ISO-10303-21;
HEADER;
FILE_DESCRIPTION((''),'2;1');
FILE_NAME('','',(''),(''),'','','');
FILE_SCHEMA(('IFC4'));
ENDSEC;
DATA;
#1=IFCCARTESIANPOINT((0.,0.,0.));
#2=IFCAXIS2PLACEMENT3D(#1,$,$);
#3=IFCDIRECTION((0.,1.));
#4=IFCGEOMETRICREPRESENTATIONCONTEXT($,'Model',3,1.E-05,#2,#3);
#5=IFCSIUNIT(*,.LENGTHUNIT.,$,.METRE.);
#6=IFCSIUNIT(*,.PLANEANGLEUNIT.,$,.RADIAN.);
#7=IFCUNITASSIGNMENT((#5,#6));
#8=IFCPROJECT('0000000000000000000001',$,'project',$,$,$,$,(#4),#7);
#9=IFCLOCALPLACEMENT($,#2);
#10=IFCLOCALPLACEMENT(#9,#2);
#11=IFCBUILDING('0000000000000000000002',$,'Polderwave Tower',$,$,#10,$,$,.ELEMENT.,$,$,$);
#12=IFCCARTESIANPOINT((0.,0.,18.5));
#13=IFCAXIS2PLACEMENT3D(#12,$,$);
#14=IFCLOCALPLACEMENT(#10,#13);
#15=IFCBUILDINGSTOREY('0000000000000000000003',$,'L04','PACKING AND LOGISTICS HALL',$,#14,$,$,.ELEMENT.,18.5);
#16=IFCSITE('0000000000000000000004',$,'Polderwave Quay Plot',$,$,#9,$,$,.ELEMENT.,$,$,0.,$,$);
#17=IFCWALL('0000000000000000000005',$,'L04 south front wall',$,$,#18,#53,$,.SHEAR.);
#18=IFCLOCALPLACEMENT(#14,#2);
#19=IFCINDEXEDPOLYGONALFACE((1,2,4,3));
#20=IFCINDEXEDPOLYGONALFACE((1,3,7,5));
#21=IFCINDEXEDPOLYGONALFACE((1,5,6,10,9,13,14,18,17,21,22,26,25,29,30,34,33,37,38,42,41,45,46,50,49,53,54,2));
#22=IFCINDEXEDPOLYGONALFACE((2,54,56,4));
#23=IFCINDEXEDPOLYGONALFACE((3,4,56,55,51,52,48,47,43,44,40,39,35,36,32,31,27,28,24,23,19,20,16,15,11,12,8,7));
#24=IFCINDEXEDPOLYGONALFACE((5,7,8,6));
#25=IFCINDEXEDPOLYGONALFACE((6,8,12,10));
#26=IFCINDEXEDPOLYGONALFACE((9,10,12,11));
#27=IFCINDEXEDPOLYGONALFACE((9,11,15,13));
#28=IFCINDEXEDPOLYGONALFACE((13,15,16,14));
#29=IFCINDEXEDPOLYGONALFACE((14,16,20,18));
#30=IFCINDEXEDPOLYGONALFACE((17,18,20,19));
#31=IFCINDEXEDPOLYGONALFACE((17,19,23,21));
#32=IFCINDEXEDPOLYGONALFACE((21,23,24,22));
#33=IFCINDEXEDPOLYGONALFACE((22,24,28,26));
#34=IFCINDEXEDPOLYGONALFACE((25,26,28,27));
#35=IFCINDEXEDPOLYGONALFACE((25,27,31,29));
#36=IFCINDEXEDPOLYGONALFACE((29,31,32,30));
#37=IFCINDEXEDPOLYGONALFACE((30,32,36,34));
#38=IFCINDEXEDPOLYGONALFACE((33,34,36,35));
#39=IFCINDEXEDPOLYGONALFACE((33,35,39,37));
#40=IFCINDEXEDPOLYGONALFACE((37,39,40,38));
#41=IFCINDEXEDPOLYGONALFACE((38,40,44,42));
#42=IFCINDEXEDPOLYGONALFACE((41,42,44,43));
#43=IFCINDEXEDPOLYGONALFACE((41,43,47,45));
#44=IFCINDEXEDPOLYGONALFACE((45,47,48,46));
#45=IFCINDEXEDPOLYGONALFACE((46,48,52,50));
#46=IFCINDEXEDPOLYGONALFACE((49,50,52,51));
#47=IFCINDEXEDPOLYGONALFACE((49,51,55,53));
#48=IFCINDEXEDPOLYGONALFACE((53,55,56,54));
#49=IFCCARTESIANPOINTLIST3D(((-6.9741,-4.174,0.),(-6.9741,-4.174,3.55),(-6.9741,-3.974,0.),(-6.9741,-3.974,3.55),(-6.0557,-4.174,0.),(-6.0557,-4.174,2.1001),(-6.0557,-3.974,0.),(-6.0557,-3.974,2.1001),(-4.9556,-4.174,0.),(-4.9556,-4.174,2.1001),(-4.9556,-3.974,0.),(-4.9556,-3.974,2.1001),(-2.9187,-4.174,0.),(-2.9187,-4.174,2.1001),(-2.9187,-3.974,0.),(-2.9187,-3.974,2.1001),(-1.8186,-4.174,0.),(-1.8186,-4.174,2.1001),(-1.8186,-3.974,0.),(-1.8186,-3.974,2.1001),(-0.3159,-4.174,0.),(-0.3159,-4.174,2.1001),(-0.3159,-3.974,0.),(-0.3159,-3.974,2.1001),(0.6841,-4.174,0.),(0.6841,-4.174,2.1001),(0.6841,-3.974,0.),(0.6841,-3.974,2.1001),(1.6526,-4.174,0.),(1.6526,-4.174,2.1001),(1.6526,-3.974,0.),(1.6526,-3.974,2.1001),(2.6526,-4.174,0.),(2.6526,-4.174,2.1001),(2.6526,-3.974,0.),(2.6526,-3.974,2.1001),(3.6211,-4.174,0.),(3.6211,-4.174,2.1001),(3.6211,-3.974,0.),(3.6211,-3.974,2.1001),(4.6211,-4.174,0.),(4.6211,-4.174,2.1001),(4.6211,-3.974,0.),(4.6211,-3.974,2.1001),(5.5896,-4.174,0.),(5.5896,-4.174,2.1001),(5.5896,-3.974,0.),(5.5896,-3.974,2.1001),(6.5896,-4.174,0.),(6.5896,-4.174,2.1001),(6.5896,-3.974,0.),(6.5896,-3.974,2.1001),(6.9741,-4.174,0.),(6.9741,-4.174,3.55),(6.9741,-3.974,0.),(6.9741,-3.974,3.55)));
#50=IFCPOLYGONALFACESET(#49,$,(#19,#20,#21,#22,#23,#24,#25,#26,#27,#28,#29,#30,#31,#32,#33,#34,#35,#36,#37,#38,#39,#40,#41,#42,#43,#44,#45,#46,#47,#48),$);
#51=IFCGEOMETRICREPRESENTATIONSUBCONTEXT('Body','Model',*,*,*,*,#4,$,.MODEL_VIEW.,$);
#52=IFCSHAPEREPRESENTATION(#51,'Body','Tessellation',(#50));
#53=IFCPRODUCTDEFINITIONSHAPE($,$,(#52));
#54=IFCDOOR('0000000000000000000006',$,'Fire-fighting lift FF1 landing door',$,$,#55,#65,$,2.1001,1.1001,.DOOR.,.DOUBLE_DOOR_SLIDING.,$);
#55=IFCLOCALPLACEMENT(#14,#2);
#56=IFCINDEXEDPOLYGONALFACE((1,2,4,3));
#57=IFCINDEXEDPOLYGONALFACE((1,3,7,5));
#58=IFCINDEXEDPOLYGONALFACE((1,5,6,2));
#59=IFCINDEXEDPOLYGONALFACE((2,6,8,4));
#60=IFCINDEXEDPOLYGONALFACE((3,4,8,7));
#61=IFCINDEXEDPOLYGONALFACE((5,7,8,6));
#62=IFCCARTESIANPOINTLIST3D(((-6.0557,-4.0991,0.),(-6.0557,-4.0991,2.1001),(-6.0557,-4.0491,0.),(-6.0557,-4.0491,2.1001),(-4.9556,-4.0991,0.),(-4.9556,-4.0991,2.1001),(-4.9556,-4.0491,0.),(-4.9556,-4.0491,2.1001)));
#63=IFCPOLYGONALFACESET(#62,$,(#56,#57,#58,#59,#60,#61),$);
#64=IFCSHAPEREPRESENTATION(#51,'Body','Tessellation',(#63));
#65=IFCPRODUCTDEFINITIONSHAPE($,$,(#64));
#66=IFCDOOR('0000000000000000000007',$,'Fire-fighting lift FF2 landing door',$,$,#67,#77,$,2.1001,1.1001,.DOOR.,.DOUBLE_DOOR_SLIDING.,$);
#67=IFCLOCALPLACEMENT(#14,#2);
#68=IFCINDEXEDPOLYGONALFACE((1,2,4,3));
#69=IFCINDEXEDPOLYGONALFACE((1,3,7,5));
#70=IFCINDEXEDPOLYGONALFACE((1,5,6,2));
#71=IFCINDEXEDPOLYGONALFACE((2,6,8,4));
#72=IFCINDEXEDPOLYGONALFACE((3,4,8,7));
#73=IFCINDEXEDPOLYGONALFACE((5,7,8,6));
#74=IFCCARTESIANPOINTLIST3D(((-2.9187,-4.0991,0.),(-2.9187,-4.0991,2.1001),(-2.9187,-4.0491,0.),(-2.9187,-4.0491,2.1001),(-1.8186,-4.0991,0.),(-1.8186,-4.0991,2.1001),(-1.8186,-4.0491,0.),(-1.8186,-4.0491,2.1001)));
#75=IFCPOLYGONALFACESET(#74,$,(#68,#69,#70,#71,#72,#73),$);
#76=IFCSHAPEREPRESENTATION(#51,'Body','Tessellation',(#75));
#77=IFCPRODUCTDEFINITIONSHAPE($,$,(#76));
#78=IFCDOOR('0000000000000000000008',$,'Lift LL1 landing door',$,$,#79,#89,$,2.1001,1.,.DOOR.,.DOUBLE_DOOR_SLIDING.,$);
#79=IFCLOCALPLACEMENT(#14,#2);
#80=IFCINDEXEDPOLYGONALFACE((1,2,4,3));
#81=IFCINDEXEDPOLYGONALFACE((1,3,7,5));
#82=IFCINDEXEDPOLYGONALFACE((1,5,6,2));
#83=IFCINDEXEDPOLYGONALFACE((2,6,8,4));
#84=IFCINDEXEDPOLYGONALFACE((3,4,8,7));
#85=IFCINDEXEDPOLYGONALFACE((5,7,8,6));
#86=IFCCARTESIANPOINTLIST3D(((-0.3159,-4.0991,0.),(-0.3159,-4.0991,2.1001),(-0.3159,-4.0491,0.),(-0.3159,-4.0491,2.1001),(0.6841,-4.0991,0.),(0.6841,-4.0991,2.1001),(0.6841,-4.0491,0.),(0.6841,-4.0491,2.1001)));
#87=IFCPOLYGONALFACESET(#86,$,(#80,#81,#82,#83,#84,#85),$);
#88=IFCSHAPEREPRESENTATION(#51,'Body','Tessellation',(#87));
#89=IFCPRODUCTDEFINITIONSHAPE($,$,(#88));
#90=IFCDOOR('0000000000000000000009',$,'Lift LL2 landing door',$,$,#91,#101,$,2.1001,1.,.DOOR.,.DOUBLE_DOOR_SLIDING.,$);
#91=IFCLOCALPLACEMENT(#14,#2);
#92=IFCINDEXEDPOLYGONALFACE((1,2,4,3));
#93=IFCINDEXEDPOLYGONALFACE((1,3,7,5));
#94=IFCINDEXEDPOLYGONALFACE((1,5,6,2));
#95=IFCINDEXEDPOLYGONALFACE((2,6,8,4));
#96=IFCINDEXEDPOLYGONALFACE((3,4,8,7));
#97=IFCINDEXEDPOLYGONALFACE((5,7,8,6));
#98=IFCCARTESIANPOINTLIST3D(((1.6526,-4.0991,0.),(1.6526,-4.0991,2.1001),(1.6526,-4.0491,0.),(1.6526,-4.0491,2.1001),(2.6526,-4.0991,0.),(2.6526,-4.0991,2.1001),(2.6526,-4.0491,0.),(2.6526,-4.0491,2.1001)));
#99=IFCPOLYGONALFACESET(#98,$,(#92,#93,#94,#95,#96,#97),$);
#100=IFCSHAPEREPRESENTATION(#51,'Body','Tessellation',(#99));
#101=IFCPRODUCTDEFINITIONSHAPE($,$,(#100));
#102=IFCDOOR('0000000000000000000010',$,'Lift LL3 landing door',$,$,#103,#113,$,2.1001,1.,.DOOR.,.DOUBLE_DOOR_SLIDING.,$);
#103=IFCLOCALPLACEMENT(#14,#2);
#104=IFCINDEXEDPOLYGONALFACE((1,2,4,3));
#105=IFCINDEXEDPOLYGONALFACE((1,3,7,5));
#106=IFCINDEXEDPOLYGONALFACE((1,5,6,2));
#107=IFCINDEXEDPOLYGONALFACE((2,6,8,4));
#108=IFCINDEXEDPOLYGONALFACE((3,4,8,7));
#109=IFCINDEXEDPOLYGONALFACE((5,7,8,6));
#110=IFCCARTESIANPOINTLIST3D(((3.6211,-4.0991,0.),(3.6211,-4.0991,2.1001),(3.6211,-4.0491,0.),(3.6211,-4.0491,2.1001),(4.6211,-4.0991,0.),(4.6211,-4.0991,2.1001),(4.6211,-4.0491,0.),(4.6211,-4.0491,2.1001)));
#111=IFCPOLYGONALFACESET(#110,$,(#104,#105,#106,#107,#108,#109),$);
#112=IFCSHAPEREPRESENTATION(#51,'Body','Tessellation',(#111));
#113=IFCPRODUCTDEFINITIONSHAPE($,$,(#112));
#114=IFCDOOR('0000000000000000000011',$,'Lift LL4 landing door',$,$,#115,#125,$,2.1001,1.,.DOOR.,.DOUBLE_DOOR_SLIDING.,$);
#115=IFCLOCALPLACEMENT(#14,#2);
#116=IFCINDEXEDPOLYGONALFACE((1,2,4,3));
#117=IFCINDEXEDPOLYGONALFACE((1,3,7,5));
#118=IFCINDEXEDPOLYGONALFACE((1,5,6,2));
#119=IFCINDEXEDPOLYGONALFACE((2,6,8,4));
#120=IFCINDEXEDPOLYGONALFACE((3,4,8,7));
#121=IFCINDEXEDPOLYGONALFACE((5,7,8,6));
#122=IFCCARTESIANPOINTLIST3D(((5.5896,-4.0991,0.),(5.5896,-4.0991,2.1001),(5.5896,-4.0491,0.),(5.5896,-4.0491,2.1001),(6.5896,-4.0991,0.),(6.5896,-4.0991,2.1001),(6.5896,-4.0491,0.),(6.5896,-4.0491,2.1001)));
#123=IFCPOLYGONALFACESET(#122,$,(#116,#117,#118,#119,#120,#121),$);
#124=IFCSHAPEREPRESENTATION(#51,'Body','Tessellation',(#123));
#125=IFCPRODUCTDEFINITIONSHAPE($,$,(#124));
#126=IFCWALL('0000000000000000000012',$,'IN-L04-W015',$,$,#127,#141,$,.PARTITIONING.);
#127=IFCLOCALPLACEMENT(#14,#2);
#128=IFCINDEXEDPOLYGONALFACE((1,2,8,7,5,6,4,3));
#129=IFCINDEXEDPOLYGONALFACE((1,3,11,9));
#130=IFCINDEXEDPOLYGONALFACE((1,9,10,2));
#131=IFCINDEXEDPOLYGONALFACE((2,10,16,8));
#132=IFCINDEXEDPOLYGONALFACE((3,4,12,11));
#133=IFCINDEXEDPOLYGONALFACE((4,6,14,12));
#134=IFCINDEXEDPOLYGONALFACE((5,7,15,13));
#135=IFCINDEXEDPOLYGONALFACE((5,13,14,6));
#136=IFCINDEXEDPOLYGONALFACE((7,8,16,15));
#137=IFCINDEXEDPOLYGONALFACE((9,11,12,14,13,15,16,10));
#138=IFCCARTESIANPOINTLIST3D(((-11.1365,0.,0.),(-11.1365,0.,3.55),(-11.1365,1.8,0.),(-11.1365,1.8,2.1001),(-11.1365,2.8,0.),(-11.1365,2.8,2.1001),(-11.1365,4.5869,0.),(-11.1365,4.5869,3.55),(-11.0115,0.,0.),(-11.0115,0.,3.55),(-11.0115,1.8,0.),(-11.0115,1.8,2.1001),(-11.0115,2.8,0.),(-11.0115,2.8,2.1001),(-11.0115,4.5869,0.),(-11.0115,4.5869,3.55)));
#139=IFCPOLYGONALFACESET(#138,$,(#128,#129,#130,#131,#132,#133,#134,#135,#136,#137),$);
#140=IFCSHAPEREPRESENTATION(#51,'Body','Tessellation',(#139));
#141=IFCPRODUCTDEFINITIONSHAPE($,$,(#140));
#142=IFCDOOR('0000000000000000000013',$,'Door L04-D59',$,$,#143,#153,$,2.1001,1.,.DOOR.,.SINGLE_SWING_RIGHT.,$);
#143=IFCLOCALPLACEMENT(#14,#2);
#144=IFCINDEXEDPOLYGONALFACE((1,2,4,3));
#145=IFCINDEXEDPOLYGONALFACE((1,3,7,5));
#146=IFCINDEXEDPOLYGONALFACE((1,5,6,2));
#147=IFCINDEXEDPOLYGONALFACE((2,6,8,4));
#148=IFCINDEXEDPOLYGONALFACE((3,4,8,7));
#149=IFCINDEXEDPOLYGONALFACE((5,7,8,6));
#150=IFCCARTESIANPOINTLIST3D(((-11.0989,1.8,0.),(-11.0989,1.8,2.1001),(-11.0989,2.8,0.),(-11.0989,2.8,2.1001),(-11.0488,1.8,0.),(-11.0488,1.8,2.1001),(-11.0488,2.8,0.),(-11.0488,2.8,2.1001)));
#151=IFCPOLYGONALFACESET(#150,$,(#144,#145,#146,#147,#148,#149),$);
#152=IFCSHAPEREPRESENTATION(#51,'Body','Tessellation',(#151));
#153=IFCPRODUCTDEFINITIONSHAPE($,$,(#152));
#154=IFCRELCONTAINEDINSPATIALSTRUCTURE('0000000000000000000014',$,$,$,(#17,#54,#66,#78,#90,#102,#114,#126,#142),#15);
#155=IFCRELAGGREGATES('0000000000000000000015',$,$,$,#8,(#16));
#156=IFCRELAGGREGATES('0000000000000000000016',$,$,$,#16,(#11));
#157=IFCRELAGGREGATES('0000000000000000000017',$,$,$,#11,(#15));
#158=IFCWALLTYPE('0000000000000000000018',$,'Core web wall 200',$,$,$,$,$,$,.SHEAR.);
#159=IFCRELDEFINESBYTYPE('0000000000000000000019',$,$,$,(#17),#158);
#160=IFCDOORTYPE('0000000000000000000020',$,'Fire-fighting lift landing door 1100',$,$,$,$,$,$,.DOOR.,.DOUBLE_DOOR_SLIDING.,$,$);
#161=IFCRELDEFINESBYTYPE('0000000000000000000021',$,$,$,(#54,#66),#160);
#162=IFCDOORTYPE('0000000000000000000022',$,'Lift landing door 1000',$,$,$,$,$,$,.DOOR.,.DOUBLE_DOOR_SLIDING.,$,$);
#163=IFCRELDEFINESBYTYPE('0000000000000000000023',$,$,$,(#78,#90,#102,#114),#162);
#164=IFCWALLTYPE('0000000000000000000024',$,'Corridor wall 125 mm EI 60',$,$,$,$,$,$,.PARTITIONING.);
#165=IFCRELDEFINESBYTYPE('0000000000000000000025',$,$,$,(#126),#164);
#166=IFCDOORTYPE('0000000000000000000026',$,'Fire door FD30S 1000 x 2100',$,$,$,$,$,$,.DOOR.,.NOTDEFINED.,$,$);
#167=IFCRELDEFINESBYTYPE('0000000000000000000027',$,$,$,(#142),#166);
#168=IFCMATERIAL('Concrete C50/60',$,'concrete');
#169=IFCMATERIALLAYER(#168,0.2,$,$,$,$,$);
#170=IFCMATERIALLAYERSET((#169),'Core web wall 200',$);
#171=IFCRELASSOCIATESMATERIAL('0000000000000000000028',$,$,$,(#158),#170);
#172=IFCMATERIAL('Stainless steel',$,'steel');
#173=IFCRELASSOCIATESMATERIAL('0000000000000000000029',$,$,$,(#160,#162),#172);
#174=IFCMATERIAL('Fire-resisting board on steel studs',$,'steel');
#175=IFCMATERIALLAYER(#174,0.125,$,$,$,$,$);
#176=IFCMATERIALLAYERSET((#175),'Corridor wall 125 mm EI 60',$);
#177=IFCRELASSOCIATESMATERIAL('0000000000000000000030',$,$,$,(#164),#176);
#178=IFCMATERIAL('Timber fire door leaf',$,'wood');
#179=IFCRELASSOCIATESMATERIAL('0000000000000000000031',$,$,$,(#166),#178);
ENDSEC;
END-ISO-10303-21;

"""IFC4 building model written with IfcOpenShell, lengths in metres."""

from ifc_helpers import new_model, si_unit, direction, frame, frame_2d, origin, place, context, subcontext, project, spatial, rectangle, extrude, material, layer, layer_set, type_object, element, fill, save


model = new_model("IFC4")

# Units and contexts
model_context = context("Model", 3, precision=1e-05, world=origin(), true_north=direction((0.0, 1.0)))
body_context = subcontext(model_context, "Body", "Model", "MODEL_VIEW")
ifc_project = project(units=[si_unit("LENGTHUNIT", "METRE"), si_unit("PLANEANGLEUNIT", "RADIAN")], contexts=[model_context])

# Site, building, storey
site_placement = place(None, origin())
site = spatial("IfcSite", under=ifc_project, at=site_placement, Name="Polderwave Quay Plot", CompositionType="ELEMENT", RefElevation=0.0)
building_placement = place(site_placement, origin())
building = spatial("IfcBuilding", under=site, at=building_placement, Name="Polderwave Tower", CompositionType="ELEMENT")
storey_placement = place(building_placement, frame((0.0, 0.0, 18.5)))
storey = spatial("IfcBuildingStorey", under=building, at=storey_placement, Name="L04", Description="PACKING AND LOGISTICS HALL", CompositionType="ELEMENT", Elevation=18.5)

# Wall, openings, doors
ifc_material_1 = material(Name="Concrete C50/60", Category="concrete")
ifc_layer_1 = layer(ifc_material_1, 0.2)
ifc_layer_set_1 = layer_set([ifc_layer_1], Name="Core web wall 200")
wall_type_1 = type_object("IfcWallType", Name="Core web wall 200", PredefinedType="SHEAR", material=ifc_layer_set_1)
wall_1_placement = place(storey_placement, frame((-6.9741, -4.074, 0.0), z_axis=(0.0, 0.0, 1.0), x_axis=(1.0, 0.0, 0.0)))
wall_1 = element("IfcWall", 1, at=wall_1_placement, inside=storey, type_object=wall_type_1, Name="L04 south front wall", PredefinedType="SHEAR", context=body_context, shape_type="SweptSolid", body=[
    extrude(rectangle(XDim=13.9482, YDim=0.2, at=frame_2d((6.9741, 0.0))), origin(), (0.0, 0.0, 1.0), 3.55),
])
opening_1_placement = place(wall_1_placement, frame((0.9185, 0.0, 0.0)))
opening_1 = element("IfcOpeningElement", 2, at=opening_1_placement, cuts=wall_1, PredefinedType="OPENING", context=body_context, shape_type="SweptSolid", body=[
    extrude(rectangle(XDim=1.1001, YDim=2.1001, at=frame_2d((0.55, 1.05))), frame((0.0, 0.1099, 0.0), z_axis=(0.0, -1.0, 0.0), x_axis=(1.0, 0.0, 0.0)), (0.0, 0.0, 1.0), 0.22),
])
opening_2_placement = place(wall_1_placement, frame((4.0554, 0.0, 0.0)))
opening_2 = element("IfcOpeningElement", 3, at=opening_2_placement, cuts=wall_1, PredefinedType="OPENING", context=body_context, shape_type="SweptSolid", body=[
    extrude(rectangle(XDim=1.1001, YDim=2.1001, at=frame_2d((0.55, 1.05))), frame((0.0, 0.1099, 0.0), z_axis=(0.0, -1.0, 0.0), x_axis=(1.0, 0.0, 0.0)), (0.0, 0.0, 1.0), 0.22),
])
opening_3_placement = place(wall_1_placement, frame((6.6582, 0.0, 0.0)))
opening_3 = element("IfcOpeningElement", 4, at=opening_3_placement, cuts=wall_1, PredefinedType="OPENING", context=body_context, shape_type="SweptSolid", body=[
    extrude(rectangle(XDim=1.0, YDim=2.1001, at=frame_2d((0.5, 1.05))), frame((0.0, 0.1099, 0.0), z_axis=(0.0, -1.0, 0.0), x_axis=(1.0, 0.0, 0.0)), (0.0, 0.0, 1.0), 0.22),
])
opening_4_placement = place(wall_1_placement, frame((8.6267, 0.0, 0.0)))
opening_4 = element("IfcOpeningElement", 5, at=opening_4_placement, cuts=wall_1, PredefinedType="OPENING", context=body_context, shape_type="SweptSolid", body=[
    extrude(rectangle(XDim=1.0, YDim=2.1001, at=frame_2d((0.5, 1.05))), frame((0.0, 0.1099, 0.0), z_axis=(0.0, -1.0, 0.0), x_axis=(1.0, 0.0, 0.0)), (0.0, 0.0, 1.0), 0.22),
])
opening_5_placement = place(wall_1_placement, frame((10.5952, 0.0, 0.0)))
opening_5 = element("IfcOpeningElement", 6, at=opening_5_placement, cuts=wall_1, PredefinedType="OPENING", context=body_context, shape_type="SweptSolid", body=[
    extrude(rectangle(XDim=1.0, YDim=2.1001, at=frame_2d((0.5, 1.05))), frame((0.0, 0.1099, 0.0), z_axis=(0.0, -1.0, 0.0), x_axis=(1.0, 0.0, 0.0)), (0.0, 0.0, 1.0), 0.22),
])
opening_6_placement = place(wall_1_placement, frame((12.5637, 0.0, 0.0)))
opening_6 = element("IfcOpeningElement", 7, at=opening_6_placement, cuts=wall_1, PredefinedType="OPENING", context=body_context, shape_type="SweptSolid", body=[
    extrude(rectangle(XDim=1.0, YDim=2.1001, at=frame_2d((0.5, 1.05))), frame((0.0, 0.1099, 0.0), z_axis=(0.0, -1.0, 0.0), x_axis=(1.0, 0.0, 0.0)), (0.0, 0.0, 1.0), 0.22),
])
ifc_material_2 = material(Name="Stainless steel", Category="steel")
door_type_1 = type_object("IfcDoorType", Name="Fire-fighting lift landing door 1100", OperationType="DOUBLE_DOOR_SLIDING", PredefinedType="DOOR", material=ifc_material_2)
door_1_placement = place(opening_1_placement, origin())
door_1 = element("IfcDoor", 8, at=door_1_placement, inside=storey, type_object=door_type_1, Name="Fire-fighting lift FF1 landing door", OperationType="DOUBLE_DOOR_SLIDING", OverallHeight=2.1001, OverallWidth=1.1001, PredefinedType="DOOR", context=body_context, shape_type="SweptSolid", body=[
    extrude(rectangle(XDim=1.1001, YDim=2.1001, at=frame_2d((0.55, 1.05))), frame((0.0, 0.0249, 0.0), z_axis=(0.0, -1.0, 0.0), x_axis=(1.0, 0.0, 0.0)), (0.0, 0.0, 1.0), 0.05),
])
fill(opening_1, door_1)
door_2_placement = place(opening_2_placement, origin())
door_2 = element("IfcDoor", 9, at=door_2_placement, inside=storey, type_object=door_type_1, Name="Fire-fighting lift FF2 landing door", OperationType="DOUBLE_DOOR_SLIDING", OverallHeight=2.1001, OverallWidth=1.1001, PredefinedType="DOOR", context=body_context, shape_type="SweptSolid", body=[
    extrude(rectangle(XDim=1.1001, YDim=2.1001, at=frame_2d((0.55, 1.05))), frame((0.0, 0.0249, 0.0), z_axis=(0.0, -1.0, 0.0), x_axis=(1.0, 0.0, 0.0)), (0.0, 0.0, 1.0), 0.05),
])
fill(opening_2, door_2)
door_type_2 = type_object("IfcDoorType", Name="Lift landing door 1000", OperationType="DOUBLE_DOOR_SLIDING", PredefinedType="DOOR", material=ifc_material_2)
door_3_placement = place(opening_3_placement, origin())
door_3 = element("IfcDoor", 10, at=door_3_placement, inside=storey, type_object=door_type_2, Name="Lift LL1 landing door", OperationType="DOUBLE_DOOR_SLIDING", OverallHeight=2.1001, OverallWidth=1.0, PredefinedType="DOOR", context=body_context, shape_type="SweptSolid", body=[
    extrude(rectangle(XDim=1.0, YDim=2.1001, at=frame_2d((0.5, 1.05))), frame((0.0, 0.0249, 0.0), z_axis=(0.0, -1.0, 0.0), x_axis=(1.0, 0.0, 0.0)), (0.0, 0.0, 1.0), 0.05),
])
fill(opening_3, door_3)
door_4_placement = place(opening_4_placement, origin())
door_4 = element("IfcDoor", 11, at=door_4_placement, inside=storey, type_object=door_type_2, Name="Lift LL2 landing door", OperationType="DOUBLE_DOOR_SLIDING", OverallHeight=2.1001, OverallWidth=1.0, PredefinedType="DOOR", context=body_context, shape_type="SweptSolid", body=[
    extrude(rectangle(XDim=1.0, YDim=2.1001, at=frame_2d((0.5, 1.05))), frame((0.0, 0.0249, 0.0), z_axis=(0.0, -1.0, 0.0), x_axis=(1.0, 0.0, 0.0)), (0.0, 0.0, 1.0), 0.05),
])
fill(opening_4, door_4)
door_5_placement = place(opening_5_placement, origin())
door_5 = element("IfcDoor", 12, at=door_5_placement, inside=storey, type_object=door_type_2, Name="Lift LL3 landing door", OperationType="DOUBLE_DOOR_SLIDING", OverallHeight=2.1001, OverallWidth=1.0, PredefinedType="DOOR", context=body_context, shape_type="SweptSolid", body=[
    extrude(rectangle(XDim=1.0, YDim=2.1001, at=frame_2d((0.5, 1.05))), frame((0.0, 0.0249, 0.0), z_axis=(0.0, -1.0, 0.0), x_axis=(1.0, 0.0, 0.0)), (0.0, 0.0, 1.0), 0.05),
])
fill(opening_5, door_5)
door_6_placement = place(opening_6_placement, origin())
door_6 = element("IfcDoor", 13, at=door_6_placement, inside=storey, type_object=door_type_2, Name="Lift LL4 landing door", OperationType="DOUBLE_DOOR_SLIDING", OverallHeight=2.1001, OverallWidth=1.0, PredefinedType="DOOR", context=body_context, shape_type="SweptSolid", body=[
    extrude(rectangle(XDim=1.0, YDim=2.1001, at=frame_2d((0.5, 1.05))), frame((0.0, 0.0249, 0.0), z_axis=(0.0, -1.0, 0.0), x_axis=(1.0, 0.0, 0.0)), (0.0, 0.0, 1.0), 0.05),
])
fill(opening_6, door_6)

# Wall, opening, door
ifc_material_3 = material(Name="Fire-resisting board on steel studs", Category="steel")
ifc_layer_2 = layer(ifc_material_3, 0.125)
ifc_layer_set_2 = layer_set([ifc_layer_2], Name="Corridor wall 125 mm EI 60")
wall_type_2 = type_object("IfcWallType", Name="Corridor wall 125 mm EI 60", PredefinedType="PARTITIONING", material=ifc_layer_set_2)
wall_2_placement = place(storey_placement, frame((-11.074, 0.0, 0.0), z_axis=(0.0, 0.0, 1.0), x_axis=(0.0, 1.0, 0.0)))
wall_2 = element("IfcWall", 14, at=wall_2_placement, inside=storey, type_object=wall_type_2, Name="IN-L04-W015", PredefinedType="PARTITIONING", context=body_context, shape_type="SweptSolid", body=[
    extrude(rectangle(XDim=4.5869, YDim=0.125, at=frame_2d((2.2935, 0.0))), origin(), (0.0, 0.0, 1.0), 3.55),
])
opening_7_placement = place(wall_2_placement, frame((1.8, 0.0, 0.0)))
opening_7 = element("IfcOpeningElement", 15, at=opening_7_placement, cuts=wall_2, PredefinedType="OPENING", context=body_context, shape_type="SweptSolid", body=[
    extrude(rectangle(XDim=1.0, YDim=2.1001, at=frame_2d((0.5, 1.05))), frame((0.0, 0.0725, 0.0), z_axis=(0.0, -1.0, 0.0), x_axis=(1.0, 0.0, 0.0)), (0.0, 0.0, 1.0), 0.145),
])
ifc_material_4 = material(Name="Timber fire door leaf", Category="wood")
door_type_3 = type_object("IfcDoorType", Name="Fire door FD30S 1000 x 2100", OperationType="NOTDEFINED", PredefinedType="DOOR", material=ifc_material_4)
door_7_placement = place(opening_7_placement, origin())
door_7 = element("IfcDoor", 16, at=door_7_placement, inside=storey, type_object=door_type_3, Name="Door L04-D59", OperationType="SINGLE_SWING_RIGHT", OverallHeight=2.1001, OverallWidth=1.0, PredefinedType="DOOR", context=body_context, shape_type="SweptSolid", body=[
    extrude(rectangle(XDim=1.0, YDim=2.1001, at=frame_2d((0.5, 1.05))), frame((0.0, 0.0249, 0.0), z_axis=(0.0, -1.0, 0.0), x_axis=(1.0, 0.0, 0.0)), (0.0, 0.0, 1.0), 0.05),
])
fill(opening_7, door_7)

save(model, "model.ifc")
